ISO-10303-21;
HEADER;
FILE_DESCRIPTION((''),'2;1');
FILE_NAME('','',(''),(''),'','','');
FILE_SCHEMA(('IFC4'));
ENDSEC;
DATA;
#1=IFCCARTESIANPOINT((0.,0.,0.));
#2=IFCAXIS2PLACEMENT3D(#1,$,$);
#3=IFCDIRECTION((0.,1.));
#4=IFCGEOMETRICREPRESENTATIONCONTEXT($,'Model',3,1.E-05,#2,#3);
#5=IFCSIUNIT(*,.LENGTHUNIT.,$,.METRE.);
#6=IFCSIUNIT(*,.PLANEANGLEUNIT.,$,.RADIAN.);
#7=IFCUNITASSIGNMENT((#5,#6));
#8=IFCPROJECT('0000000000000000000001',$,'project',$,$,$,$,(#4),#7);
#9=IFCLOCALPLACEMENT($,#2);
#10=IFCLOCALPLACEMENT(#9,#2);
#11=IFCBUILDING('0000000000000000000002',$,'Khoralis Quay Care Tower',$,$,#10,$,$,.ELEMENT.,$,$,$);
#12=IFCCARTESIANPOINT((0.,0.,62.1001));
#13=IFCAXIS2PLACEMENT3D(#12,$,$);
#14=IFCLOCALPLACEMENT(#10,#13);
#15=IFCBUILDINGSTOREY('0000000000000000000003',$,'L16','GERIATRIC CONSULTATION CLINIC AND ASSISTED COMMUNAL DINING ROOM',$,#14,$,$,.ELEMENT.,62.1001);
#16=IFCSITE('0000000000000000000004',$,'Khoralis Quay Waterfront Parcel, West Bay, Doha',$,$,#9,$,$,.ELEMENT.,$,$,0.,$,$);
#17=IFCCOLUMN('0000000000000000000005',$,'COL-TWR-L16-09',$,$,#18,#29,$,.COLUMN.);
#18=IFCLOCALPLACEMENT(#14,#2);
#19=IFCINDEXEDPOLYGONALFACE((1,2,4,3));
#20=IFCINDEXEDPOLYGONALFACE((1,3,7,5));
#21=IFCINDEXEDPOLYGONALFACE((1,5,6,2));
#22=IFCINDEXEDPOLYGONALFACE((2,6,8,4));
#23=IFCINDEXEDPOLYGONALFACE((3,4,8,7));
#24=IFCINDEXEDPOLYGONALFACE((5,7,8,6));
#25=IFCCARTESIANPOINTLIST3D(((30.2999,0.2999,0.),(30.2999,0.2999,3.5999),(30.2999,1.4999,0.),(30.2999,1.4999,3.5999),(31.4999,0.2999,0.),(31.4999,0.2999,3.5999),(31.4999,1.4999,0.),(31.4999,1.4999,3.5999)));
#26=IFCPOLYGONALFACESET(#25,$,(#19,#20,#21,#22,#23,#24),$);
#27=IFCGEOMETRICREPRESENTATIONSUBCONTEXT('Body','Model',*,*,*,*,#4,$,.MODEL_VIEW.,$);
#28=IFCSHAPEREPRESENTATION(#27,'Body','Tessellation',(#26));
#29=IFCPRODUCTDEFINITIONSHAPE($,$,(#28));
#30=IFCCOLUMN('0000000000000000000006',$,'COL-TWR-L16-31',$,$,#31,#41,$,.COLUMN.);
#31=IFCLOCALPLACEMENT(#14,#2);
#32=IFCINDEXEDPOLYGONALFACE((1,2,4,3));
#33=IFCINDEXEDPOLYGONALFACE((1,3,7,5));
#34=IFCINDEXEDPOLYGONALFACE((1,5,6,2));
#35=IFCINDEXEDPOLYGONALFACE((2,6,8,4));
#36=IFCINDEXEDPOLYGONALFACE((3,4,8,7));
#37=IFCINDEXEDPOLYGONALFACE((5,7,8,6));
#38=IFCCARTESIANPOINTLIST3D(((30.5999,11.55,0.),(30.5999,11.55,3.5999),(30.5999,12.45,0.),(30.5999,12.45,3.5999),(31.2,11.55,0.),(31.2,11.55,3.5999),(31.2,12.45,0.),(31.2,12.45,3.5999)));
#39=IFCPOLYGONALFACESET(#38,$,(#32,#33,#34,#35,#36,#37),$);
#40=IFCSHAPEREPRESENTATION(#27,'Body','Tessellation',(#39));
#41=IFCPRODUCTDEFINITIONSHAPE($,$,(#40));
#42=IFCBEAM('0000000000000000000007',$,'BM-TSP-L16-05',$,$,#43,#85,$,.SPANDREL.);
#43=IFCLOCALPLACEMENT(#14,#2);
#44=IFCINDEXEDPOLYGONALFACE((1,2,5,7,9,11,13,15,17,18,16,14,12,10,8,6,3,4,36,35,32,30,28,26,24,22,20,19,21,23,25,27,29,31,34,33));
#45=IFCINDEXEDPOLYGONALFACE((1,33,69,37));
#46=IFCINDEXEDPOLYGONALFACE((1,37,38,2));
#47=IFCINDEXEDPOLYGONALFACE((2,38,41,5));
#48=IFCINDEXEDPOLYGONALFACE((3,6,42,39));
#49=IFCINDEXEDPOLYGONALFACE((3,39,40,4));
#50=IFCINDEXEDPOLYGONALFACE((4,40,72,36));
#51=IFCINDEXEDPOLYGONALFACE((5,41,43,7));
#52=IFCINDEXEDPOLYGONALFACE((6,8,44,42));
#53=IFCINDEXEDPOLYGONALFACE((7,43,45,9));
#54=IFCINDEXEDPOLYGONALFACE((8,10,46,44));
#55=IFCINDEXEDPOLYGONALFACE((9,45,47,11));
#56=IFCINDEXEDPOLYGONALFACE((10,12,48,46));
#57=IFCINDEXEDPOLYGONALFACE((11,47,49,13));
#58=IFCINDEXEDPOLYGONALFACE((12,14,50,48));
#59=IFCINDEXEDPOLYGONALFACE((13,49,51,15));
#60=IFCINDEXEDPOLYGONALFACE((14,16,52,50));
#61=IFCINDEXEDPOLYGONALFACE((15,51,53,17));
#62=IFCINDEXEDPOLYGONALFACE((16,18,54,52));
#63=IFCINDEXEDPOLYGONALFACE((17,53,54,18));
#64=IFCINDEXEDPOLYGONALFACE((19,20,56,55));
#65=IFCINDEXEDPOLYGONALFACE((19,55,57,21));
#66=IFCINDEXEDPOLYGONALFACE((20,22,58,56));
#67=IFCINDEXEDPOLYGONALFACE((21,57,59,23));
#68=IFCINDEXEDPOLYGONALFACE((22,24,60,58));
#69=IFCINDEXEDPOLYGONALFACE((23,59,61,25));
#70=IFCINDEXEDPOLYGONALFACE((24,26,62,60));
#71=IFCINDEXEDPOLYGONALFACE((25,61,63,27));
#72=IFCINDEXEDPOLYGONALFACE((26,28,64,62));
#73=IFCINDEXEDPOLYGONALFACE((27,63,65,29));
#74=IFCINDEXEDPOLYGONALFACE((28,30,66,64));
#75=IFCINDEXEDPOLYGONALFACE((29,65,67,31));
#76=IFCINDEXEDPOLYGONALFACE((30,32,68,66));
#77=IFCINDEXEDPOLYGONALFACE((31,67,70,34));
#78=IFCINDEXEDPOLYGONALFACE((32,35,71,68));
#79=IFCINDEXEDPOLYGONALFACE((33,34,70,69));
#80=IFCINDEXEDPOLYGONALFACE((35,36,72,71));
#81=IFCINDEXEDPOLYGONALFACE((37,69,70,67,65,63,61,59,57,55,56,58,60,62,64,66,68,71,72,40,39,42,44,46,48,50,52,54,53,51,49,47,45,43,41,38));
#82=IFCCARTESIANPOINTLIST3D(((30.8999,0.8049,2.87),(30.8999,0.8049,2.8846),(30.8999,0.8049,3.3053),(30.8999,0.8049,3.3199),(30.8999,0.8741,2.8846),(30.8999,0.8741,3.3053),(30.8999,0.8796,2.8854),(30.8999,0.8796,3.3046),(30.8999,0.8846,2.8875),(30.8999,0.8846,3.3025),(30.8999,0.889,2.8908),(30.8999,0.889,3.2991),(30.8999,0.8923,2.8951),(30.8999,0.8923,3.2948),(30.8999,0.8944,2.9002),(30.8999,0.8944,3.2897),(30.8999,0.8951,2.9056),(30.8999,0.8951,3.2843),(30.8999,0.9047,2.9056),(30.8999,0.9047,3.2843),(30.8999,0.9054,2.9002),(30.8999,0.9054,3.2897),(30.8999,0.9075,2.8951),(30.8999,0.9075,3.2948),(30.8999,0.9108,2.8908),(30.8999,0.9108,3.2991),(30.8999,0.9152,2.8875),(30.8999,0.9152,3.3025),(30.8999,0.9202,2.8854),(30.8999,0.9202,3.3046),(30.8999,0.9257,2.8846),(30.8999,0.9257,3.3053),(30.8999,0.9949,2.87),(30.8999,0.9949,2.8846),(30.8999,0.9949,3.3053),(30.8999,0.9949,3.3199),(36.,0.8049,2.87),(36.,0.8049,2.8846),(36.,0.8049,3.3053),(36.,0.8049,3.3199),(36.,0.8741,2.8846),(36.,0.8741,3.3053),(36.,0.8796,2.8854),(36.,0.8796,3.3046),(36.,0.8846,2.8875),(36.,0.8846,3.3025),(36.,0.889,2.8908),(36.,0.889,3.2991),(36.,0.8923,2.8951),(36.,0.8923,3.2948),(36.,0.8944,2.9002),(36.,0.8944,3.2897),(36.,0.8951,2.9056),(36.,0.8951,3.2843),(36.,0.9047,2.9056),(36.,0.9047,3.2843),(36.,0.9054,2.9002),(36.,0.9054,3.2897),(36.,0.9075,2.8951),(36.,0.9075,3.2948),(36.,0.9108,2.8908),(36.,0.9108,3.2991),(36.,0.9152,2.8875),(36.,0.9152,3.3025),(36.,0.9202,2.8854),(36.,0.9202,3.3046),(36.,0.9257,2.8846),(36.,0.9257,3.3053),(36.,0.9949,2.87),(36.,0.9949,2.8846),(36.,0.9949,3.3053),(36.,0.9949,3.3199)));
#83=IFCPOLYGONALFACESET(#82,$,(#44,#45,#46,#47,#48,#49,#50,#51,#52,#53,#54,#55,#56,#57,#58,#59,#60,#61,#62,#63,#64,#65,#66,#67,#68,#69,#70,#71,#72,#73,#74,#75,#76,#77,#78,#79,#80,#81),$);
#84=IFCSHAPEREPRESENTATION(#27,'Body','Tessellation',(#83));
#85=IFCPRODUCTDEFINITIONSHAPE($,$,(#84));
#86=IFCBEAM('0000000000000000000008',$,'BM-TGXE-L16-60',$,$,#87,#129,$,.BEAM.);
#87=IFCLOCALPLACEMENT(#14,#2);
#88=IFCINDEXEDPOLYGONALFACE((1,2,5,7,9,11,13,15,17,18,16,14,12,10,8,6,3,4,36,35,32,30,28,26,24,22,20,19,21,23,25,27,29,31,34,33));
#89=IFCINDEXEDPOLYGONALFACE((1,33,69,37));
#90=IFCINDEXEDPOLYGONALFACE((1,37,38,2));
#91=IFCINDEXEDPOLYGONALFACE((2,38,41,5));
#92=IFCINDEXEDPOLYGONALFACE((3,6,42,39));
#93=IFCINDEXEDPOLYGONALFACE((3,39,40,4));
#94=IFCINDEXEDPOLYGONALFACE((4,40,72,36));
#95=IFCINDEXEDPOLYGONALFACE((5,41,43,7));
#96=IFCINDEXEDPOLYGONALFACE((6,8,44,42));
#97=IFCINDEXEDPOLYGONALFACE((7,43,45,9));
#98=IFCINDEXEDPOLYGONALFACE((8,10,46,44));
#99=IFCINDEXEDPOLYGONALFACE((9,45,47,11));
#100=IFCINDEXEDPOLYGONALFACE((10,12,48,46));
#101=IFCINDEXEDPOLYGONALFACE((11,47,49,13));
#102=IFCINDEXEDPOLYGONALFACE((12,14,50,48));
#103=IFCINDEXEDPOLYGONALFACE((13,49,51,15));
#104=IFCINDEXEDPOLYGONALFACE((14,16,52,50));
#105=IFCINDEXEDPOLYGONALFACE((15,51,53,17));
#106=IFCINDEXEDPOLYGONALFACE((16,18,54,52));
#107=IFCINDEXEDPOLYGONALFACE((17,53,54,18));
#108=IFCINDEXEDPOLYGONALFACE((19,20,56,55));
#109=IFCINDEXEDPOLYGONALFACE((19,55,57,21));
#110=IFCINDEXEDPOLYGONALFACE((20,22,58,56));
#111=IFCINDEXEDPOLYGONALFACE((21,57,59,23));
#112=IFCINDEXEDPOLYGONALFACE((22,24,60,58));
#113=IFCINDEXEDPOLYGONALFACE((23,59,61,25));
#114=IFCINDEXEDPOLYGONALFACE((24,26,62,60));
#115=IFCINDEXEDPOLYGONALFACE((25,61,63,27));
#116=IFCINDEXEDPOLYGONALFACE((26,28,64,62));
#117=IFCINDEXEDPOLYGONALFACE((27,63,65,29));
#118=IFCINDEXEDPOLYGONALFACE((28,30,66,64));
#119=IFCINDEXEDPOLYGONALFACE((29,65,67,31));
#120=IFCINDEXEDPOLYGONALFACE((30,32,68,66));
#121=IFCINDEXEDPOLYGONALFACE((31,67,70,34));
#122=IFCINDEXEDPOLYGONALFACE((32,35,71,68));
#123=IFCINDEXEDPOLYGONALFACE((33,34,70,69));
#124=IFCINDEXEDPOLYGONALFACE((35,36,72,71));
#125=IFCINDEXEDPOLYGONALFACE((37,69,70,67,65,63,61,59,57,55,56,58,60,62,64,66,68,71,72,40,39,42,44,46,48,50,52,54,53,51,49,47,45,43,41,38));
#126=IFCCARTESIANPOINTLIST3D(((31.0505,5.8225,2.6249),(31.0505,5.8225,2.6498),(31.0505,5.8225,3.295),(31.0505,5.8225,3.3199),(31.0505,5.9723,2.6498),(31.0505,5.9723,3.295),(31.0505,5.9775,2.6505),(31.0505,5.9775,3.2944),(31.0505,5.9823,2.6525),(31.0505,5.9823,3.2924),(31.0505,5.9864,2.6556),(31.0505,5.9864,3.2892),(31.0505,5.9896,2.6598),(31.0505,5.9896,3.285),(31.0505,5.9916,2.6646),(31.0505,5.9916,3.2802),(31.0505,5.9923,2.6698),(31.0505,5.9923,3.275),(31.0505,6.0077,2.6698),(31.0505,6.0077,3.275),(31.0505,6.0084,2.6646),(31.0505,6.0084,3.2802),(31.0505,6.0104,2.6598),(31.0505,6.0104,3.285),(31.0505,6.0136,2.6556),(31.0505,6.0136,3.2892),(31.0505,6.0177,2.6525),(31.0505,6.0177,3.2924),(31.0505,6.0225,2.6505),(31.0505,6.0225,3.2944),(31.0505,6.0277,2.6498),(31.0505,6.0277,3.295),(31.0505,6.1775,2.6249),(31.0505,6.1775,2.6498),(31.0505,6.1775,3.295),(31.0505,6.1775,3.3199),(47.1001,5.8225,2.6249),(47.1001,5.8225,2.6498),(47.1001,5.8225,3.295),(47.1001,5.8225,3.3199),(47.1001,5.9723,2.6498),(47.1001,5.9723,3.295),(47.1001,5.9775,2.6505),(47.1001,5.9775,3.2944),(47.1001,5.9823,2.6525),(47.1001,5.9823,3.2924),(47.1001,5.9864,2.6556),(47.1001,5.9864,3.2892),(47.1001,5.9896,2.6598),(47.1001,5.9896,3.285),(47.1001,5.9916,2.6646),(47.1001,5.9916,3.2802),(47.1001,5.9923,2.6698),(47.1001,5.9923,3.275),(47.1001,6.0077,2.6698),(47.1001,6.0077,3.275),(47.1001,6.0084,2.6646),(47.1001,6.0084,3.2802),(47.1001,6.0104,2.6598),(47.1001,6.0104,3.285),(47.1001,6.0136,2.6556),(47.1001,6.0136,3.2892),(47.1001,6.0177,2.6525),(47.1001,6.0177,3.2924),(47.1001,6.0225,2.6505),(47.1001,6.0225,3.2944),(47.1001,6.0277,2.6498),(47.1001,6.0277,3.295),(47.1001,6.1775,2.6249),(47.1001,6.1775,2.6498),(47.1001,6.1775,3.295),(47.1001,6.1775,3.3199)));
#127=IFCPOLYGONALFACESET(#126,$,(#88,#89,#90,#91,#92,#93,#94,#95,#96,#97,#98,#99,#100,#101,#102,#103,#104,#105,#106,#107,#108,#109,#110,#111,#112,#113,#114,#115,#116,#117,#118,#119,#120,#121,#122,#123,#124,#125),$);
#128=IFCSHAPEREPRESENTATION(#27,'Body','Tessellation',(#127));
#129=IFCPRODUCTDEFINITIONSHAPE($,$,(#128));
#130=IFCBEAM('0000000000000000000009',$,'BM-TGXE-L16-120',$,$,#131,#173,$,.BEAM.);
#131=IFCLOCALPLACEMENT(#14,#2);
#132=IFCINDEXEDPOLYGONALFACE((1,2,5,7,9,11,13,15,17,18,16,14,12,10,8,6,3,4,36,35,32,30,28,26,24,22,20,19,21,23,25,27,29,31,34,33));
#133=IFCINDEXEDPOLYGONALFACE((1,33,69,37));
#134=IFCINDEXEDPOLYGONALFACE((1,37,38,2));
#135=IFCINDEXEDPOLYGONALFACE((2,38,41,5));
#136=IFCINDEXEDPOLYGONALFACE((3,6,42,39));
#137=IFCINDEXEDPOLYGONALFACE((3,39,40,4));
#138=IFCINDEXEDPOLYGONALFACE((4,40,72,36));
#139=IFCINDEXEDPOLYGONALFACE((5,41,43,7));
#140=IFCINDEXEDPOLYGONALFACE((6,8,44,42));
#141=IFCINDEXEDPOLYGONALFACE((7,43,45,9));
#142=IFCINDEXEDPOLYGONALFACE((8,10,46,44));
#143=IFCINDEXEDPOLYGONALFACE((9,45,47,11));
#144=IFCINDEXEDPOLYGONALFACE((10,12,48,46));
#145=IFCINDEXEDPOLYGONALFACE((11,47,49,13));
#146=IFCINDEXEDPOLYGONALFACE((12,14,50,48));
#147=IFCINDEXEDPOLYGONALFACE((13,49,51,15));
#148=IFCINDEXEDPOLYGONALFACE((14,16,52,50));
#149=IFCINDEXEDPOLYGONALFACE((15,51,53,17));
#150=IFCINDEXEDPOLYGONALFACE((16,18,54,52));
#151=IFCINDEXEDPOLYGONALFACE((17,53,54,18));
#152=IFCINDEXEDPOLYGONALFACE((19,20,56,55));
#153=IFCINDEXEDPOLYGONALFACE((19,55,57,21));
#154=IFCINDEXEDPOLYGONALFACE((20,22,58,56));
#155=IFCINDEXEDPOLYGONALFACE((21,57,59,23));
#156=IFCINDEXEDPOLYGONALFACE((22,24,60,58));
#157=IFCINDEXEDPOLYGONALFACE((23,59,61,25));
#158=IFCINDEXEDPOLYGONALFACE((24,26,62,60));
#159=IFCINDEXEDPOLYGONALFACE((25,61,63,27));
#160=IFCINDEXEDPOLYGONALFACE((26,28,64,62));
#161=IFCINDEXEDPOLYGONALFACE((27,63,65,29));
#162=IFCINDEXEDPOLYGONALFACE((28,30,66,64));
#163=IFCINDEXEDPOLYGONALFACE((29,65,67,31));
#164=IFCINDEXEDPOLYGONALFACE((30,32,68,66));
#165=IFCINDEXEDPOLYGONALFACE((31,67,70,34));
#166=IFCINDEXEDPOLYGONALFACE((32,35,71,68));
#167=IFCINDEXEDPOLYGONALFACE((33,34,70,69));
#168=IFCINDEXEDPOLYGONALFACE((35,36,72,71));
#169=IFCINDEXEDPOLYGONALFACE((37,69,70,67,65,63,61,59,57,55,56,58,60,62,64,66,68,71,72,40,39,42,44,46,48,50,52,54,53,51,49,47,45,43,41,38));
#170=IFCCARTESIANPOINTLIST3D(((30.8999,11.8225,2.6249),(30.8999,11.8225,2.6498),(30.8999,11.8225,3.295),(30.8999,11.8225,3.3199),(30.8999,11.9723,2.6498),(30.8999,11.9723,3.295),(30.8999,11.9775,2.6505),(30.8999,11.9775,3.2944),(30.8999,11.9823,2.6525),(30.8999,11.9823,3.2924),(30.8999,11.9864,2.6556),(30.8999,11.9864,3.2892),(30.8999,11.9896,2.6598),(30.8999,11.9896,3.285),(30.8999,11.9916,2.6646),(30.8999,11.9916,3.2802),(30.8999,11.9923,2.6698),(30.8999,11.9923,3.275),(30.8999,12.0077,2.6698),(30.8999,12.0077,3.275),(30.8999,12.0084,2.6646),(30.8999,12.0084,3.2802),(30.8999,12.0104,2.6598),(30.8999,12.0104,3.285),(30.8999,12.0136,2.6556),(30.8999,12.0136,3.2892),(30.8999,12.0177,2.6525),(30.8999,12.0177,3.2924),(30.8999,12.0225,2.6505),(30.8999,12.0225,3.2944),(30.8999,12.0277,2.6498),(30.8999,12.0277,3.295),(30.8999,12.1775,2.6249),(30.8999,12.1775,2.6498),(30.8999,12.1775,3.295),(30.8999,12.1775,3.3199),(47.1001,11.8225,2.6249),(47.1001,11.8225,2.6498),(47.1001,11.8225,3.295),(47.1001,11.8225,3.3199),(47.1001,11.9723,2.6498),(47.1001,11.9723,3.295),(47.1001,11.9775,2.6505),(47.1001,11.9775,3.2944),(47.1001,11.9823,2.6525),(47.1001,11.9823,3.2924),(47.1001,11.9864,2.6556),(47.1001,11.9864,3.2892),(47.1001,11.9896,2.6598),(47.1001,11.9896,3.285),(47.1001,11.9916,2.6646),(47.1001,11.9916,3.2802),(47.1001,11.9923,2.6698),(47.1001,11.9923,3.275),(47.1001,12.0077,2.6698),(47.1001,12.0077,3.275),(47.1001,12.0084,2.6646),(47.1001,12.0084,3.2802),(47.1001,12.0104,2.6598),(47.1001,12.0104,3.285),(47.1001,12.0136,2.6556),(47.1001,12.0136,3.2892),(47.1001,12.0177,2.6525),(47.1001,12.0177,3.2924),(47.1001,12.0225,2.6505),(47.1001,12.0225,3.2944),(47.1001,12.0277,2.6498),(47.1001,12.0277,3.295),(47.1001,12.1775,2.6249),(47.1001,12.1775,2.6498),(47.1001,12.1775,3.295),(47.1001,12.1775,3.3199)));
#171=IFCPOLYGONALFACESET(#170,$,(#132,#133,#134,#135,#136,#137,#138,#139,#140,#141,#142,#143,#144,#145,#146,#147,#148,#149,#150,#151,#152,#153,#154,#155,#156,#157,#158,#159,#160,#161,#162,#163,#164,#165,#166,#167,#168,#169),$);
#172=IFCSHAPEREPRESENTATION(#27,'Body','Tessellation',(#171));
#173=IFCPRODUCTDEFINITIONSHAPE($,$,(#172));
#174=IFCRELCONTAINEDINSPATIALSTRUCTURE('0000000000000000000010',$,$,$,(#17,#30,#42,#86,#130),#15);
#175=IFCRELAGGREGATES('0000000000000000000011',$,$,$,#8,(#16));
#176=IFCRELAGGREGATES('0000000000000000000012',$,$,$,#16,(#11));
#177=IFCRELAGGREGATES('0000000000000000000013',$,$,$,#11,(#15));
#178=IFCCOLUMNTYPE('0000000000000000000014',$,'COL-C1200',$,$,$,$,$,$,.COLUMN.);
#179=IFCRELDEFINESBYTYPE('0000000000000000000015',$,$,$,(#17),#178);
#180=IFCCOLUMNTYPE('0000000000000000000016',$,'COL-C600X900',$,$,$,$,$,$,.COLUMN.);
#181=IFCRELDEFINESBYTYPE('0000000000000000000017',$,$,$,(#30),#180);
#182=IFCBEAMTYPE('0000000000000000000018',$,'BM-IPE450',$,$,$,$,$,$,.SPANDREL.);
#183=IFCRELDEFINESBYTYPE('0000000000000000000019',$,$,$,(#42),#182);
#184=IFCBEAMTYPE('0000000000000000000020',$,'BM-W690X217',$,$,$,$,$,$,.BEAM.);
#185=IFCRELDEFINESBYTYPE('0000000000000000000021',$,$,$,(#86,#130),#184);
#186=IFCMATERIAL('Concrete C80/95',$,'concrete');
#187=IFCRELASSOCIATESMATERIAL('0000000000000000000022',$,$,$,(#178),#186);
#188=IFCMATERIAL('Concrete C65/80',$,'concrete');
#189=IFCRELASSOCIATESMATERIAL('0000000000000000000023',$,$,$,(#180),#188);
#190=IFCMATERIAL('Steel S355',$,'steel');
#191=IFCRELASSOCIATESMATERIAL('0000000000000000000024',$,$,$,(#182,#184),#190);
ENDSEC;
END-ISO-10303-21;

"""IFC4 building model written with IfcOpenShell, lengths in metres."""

from ifc_helpers import new_model, si_unit, direction, frame, origin, origin_2d, place, context, subcontext, project, spatial, rectangle, i_section, extrude, source, transform, mapped, material, material_profile, profile_set, type_object, element, save


model = new_model("IFC4")

# Units and contexts
model_context = context("Model", 3, precision=1e-05, world=origin(), true_north=direction((0.0, 1.0)))
body_context = subcontext(model_context, "Body", "Model", "MODEL_VIEW")
ifc_project = project(units=[si_unit("LENGTHUNIT", "METRE"), si_unit("PLANEANGLEUNIT", "RADIAN")], contexts=[model_context])

# Site, building, storey
site_placement = place(None, origin())
site = spatial("IfcSite", under=ifc_project, at=site_placement, Name="Khoralis Quay Waterfront Parcel, West Bay, Doha", CompositionType="ELEMENT", RefElevation=0.0)
building_placement = place(site_placement, origin())
building = spatial("IfcBuilding", under=site, at=building_placement, Name="Khoralis Quay Care Tower", CompositionType="ELEMENT")
storey_placement = place(building_placement, frame((0.0, 0.0, 62.1001)))
storey = spatial("IfcBuildingStorey", under=building, at=storey_placement, Name="L16", Description="GERIATRIC CONSULTATION CLINIC AND ASSISTED COMMUNAL DINING ROOM", CompositionType="ELEMENT", Elevation=62.1001)

# Columns
ifc_material_1 = material(Name="Concrete C80/95", Category="concrete")
ifc_material_profile_1 = material_profile(ifc_material_1, rectangle(XDim=1.2, YDim=1.2, at=origin_2d()), Name="Concrete C80/95")
ifc_profile_set_1 = profile_set([ifc_material_profile_1], Name="Concrete C80/95")
column_type_1 = type_object("IfcColumnType", Name="COL-C1200", PredefinedType="COLUMN", material=ifc_profile_set_1)
shared_shape_1 = source(origin(), body_context, "Body", "SweptSolid", [
    extrude(rectangle(XDim=1.2, YDim=1.2, at=origin_2d()), origin(), (0.0, 0.0, 1.0), 3.5999),
])
column_1_placement = place(storey_placement, frame((30.8999, 0.8999, 0.0), z_axis=(0.0, 0.0, 1.0), x_axis=(1.0, 0.0, 0.0)))
element("IfcColumn", 1, at=column_1_placement, inside=storey, type_object=column_type_1, Name="COL-TWR-L16-09", PredefinedType="COLUMN", context=body_context, shape_type="MappedRepresentation", body=[
    mapped(shared_shape_1, transform((0.0, 0.0, 0.0), scale=1.0)),
])
ifc_material_2 = material(Name="Concrete C65/80", Category="concrete")
ifc_material_profile_2 = material_profile(ifc_material_2, rectangle(XDim=0.6001, YDim=0.8999, at=origin_2d()), Name="Concrete C65/80")
ifc_profile_set_2 = profile_set([ifc_material_profile_2], Name="Concrete C65/80")
column_type_2 = type_object("IfcColumnType", Name="COL-C600X900", PredefinedType="COLUMN", material=ifc_profile_set_2)
shared_shape_2 = source(origin(), body_context, "Body", "SweptSolid", [
    extrude(rectangle(XDim=0.6001, YDim=0.8999, at=origin_2d()), origin(), (0.0, 0.0, 1.0), 3.5999),
])
column_2_placement = place(storey_placement, frame((30.8999, 12.0, 0.0), z_axis=(0.0, 0.0, 1.0), x_axis=(1.0, 0.0, 0.0)))
element("IfcColumn", 2, at=column_2_placement, inside=storey, type_object=column_type_2, Name="COL-TWR-L16-31", PredefinedType="COLUMN", context=body_context, shape_type="MappedRepresentation", body=[
    mapped(shared_shape_2, transform((0.0, 0.0, 0.0), scale=1.0)),
])

# Beams
ifc_material_3 = material(Name="Steel S355", Category="steel")
ifc_material_profile_3 = material_profile(ifc_material_3, i_section(OverallWidth=0.1899, OverallDepth=0.45, WebThickness=0.0095, FlangeThickness=0.0146, FilletRadius=0.021, at=origin_2d()), Name="Steel S355")
ifc_profile_set_3 = profile_set([ifc_material_profile_3], Name="Steel S355")
beam_type_1 = type_object("IfcBeamType", Name="BM-IPE450", PredefinedType="SPANDREL", material=ifc_profile_set_3)
shared_shape_3 = source(origin(), body_context, "Body", "SweptSolid", [
    extrude(i_section(OverallWidth=0.1899, OverallDepth=0.45, WebThickness=0.0095, FlangeThickness=0.0146, FilletRadius=0.021, at=origin_2d()), origin(), (0.0, 0.0, 1.0), 5.1001),
])
beam_1_placement = place(storey_placement, frame((30.8999, 0.8999, 3.095), z_axis=(1.0, 0.0, 0.0), x_axis=(0.0, 1.0, 0.0)))
element("IfcBeam", 3, at=beam_1_placement, inside=storey, type_object=beam_type_1, Name="BM-TSP-L16-05", PredefinedType="SPANDREL", context=body_context, shape_type="MappedRepresentation", body=[
    mapped(shared_shape_3, transform((0.0, 0.0, 0.0), scale=1.0)),
])
ifc_material_profile_4 = material_profile(ifc_material_3, i_section(OverallWidth=0.355, OverallDepth=0.6951, WebThickness=0.0154, FlangeThickness=0.0249, FilletRadius=0.02, at=origin_2d()), Name="Steel S355")
ifc_profile_set_4 = profile_set([ifc_material_profile_4], Name="Steel S355")
beam_type_2 = type_object("IfcBeamType", Name="BM-W690X217", PredefinedType="BEAM", material=ifc_profile_set_4)
shared_shape_4 = source(origin(), body_context, "Body", "SweptSolid", [
    extrude(i_section(OverallWidth=0.355, OverallDepth=0.6951, WebThickness=0.0154, FlangeThickness=0.0249, FilletRadius=0.02, at=origin_2d()), origin(), (0.0, 0.0, 1.0), 16.0496),
])
beam_2_placement = place(storey_placement, frame((31.0505, 6.0, 2.9724), z_axis=(1.0, 0.0, 0.0), x_axis=(0.0, 1.0, 0.0)))
element("IfcBeam", 4, at=beam_2_placement, inside=storey, type_object=beam_type_2, Name="BM-TGXE-L16-60", PredefinedType="BEAM", context=body_context, shape_type="MappedRepresentation", body=[
    mapped(shared_shape_4, transform((0.0, 0.0, 0.0), scale=1.0)),
])
shared_shape_5 = source(origin(), body_context, "Body", "SweptSolid", [
    extrude(i_section(OverallWidth=0.355, OverallDepth=0.6951, WebThickness=0.0154, FlangeThickness=0.0249, FilletRadius=0.02, at=origin_2d()), origin(), (0.0, 0.0, 1.0), 16.2002),
])
beam_3_placement = place(storey_placement, frame((30.8999, 12.0, 2.9724), z_axis=(1.0, 0.0, 0.0), x_axis=(0.0, 1.0, 0.0)))
element("IfcBeam", 5, at=beam_3_placement, inside=storey, type_object=beam_type_2, Name="BM-TGXE-L16-120", PredefinedType="BEAM", context=body_context, shape_type="MappedRepresentation", body=[
    mapped(shared_shape_5, transform((0.0, 0.0, 0.0), scale=1.0)),
])

save(model, "model.ifc")
